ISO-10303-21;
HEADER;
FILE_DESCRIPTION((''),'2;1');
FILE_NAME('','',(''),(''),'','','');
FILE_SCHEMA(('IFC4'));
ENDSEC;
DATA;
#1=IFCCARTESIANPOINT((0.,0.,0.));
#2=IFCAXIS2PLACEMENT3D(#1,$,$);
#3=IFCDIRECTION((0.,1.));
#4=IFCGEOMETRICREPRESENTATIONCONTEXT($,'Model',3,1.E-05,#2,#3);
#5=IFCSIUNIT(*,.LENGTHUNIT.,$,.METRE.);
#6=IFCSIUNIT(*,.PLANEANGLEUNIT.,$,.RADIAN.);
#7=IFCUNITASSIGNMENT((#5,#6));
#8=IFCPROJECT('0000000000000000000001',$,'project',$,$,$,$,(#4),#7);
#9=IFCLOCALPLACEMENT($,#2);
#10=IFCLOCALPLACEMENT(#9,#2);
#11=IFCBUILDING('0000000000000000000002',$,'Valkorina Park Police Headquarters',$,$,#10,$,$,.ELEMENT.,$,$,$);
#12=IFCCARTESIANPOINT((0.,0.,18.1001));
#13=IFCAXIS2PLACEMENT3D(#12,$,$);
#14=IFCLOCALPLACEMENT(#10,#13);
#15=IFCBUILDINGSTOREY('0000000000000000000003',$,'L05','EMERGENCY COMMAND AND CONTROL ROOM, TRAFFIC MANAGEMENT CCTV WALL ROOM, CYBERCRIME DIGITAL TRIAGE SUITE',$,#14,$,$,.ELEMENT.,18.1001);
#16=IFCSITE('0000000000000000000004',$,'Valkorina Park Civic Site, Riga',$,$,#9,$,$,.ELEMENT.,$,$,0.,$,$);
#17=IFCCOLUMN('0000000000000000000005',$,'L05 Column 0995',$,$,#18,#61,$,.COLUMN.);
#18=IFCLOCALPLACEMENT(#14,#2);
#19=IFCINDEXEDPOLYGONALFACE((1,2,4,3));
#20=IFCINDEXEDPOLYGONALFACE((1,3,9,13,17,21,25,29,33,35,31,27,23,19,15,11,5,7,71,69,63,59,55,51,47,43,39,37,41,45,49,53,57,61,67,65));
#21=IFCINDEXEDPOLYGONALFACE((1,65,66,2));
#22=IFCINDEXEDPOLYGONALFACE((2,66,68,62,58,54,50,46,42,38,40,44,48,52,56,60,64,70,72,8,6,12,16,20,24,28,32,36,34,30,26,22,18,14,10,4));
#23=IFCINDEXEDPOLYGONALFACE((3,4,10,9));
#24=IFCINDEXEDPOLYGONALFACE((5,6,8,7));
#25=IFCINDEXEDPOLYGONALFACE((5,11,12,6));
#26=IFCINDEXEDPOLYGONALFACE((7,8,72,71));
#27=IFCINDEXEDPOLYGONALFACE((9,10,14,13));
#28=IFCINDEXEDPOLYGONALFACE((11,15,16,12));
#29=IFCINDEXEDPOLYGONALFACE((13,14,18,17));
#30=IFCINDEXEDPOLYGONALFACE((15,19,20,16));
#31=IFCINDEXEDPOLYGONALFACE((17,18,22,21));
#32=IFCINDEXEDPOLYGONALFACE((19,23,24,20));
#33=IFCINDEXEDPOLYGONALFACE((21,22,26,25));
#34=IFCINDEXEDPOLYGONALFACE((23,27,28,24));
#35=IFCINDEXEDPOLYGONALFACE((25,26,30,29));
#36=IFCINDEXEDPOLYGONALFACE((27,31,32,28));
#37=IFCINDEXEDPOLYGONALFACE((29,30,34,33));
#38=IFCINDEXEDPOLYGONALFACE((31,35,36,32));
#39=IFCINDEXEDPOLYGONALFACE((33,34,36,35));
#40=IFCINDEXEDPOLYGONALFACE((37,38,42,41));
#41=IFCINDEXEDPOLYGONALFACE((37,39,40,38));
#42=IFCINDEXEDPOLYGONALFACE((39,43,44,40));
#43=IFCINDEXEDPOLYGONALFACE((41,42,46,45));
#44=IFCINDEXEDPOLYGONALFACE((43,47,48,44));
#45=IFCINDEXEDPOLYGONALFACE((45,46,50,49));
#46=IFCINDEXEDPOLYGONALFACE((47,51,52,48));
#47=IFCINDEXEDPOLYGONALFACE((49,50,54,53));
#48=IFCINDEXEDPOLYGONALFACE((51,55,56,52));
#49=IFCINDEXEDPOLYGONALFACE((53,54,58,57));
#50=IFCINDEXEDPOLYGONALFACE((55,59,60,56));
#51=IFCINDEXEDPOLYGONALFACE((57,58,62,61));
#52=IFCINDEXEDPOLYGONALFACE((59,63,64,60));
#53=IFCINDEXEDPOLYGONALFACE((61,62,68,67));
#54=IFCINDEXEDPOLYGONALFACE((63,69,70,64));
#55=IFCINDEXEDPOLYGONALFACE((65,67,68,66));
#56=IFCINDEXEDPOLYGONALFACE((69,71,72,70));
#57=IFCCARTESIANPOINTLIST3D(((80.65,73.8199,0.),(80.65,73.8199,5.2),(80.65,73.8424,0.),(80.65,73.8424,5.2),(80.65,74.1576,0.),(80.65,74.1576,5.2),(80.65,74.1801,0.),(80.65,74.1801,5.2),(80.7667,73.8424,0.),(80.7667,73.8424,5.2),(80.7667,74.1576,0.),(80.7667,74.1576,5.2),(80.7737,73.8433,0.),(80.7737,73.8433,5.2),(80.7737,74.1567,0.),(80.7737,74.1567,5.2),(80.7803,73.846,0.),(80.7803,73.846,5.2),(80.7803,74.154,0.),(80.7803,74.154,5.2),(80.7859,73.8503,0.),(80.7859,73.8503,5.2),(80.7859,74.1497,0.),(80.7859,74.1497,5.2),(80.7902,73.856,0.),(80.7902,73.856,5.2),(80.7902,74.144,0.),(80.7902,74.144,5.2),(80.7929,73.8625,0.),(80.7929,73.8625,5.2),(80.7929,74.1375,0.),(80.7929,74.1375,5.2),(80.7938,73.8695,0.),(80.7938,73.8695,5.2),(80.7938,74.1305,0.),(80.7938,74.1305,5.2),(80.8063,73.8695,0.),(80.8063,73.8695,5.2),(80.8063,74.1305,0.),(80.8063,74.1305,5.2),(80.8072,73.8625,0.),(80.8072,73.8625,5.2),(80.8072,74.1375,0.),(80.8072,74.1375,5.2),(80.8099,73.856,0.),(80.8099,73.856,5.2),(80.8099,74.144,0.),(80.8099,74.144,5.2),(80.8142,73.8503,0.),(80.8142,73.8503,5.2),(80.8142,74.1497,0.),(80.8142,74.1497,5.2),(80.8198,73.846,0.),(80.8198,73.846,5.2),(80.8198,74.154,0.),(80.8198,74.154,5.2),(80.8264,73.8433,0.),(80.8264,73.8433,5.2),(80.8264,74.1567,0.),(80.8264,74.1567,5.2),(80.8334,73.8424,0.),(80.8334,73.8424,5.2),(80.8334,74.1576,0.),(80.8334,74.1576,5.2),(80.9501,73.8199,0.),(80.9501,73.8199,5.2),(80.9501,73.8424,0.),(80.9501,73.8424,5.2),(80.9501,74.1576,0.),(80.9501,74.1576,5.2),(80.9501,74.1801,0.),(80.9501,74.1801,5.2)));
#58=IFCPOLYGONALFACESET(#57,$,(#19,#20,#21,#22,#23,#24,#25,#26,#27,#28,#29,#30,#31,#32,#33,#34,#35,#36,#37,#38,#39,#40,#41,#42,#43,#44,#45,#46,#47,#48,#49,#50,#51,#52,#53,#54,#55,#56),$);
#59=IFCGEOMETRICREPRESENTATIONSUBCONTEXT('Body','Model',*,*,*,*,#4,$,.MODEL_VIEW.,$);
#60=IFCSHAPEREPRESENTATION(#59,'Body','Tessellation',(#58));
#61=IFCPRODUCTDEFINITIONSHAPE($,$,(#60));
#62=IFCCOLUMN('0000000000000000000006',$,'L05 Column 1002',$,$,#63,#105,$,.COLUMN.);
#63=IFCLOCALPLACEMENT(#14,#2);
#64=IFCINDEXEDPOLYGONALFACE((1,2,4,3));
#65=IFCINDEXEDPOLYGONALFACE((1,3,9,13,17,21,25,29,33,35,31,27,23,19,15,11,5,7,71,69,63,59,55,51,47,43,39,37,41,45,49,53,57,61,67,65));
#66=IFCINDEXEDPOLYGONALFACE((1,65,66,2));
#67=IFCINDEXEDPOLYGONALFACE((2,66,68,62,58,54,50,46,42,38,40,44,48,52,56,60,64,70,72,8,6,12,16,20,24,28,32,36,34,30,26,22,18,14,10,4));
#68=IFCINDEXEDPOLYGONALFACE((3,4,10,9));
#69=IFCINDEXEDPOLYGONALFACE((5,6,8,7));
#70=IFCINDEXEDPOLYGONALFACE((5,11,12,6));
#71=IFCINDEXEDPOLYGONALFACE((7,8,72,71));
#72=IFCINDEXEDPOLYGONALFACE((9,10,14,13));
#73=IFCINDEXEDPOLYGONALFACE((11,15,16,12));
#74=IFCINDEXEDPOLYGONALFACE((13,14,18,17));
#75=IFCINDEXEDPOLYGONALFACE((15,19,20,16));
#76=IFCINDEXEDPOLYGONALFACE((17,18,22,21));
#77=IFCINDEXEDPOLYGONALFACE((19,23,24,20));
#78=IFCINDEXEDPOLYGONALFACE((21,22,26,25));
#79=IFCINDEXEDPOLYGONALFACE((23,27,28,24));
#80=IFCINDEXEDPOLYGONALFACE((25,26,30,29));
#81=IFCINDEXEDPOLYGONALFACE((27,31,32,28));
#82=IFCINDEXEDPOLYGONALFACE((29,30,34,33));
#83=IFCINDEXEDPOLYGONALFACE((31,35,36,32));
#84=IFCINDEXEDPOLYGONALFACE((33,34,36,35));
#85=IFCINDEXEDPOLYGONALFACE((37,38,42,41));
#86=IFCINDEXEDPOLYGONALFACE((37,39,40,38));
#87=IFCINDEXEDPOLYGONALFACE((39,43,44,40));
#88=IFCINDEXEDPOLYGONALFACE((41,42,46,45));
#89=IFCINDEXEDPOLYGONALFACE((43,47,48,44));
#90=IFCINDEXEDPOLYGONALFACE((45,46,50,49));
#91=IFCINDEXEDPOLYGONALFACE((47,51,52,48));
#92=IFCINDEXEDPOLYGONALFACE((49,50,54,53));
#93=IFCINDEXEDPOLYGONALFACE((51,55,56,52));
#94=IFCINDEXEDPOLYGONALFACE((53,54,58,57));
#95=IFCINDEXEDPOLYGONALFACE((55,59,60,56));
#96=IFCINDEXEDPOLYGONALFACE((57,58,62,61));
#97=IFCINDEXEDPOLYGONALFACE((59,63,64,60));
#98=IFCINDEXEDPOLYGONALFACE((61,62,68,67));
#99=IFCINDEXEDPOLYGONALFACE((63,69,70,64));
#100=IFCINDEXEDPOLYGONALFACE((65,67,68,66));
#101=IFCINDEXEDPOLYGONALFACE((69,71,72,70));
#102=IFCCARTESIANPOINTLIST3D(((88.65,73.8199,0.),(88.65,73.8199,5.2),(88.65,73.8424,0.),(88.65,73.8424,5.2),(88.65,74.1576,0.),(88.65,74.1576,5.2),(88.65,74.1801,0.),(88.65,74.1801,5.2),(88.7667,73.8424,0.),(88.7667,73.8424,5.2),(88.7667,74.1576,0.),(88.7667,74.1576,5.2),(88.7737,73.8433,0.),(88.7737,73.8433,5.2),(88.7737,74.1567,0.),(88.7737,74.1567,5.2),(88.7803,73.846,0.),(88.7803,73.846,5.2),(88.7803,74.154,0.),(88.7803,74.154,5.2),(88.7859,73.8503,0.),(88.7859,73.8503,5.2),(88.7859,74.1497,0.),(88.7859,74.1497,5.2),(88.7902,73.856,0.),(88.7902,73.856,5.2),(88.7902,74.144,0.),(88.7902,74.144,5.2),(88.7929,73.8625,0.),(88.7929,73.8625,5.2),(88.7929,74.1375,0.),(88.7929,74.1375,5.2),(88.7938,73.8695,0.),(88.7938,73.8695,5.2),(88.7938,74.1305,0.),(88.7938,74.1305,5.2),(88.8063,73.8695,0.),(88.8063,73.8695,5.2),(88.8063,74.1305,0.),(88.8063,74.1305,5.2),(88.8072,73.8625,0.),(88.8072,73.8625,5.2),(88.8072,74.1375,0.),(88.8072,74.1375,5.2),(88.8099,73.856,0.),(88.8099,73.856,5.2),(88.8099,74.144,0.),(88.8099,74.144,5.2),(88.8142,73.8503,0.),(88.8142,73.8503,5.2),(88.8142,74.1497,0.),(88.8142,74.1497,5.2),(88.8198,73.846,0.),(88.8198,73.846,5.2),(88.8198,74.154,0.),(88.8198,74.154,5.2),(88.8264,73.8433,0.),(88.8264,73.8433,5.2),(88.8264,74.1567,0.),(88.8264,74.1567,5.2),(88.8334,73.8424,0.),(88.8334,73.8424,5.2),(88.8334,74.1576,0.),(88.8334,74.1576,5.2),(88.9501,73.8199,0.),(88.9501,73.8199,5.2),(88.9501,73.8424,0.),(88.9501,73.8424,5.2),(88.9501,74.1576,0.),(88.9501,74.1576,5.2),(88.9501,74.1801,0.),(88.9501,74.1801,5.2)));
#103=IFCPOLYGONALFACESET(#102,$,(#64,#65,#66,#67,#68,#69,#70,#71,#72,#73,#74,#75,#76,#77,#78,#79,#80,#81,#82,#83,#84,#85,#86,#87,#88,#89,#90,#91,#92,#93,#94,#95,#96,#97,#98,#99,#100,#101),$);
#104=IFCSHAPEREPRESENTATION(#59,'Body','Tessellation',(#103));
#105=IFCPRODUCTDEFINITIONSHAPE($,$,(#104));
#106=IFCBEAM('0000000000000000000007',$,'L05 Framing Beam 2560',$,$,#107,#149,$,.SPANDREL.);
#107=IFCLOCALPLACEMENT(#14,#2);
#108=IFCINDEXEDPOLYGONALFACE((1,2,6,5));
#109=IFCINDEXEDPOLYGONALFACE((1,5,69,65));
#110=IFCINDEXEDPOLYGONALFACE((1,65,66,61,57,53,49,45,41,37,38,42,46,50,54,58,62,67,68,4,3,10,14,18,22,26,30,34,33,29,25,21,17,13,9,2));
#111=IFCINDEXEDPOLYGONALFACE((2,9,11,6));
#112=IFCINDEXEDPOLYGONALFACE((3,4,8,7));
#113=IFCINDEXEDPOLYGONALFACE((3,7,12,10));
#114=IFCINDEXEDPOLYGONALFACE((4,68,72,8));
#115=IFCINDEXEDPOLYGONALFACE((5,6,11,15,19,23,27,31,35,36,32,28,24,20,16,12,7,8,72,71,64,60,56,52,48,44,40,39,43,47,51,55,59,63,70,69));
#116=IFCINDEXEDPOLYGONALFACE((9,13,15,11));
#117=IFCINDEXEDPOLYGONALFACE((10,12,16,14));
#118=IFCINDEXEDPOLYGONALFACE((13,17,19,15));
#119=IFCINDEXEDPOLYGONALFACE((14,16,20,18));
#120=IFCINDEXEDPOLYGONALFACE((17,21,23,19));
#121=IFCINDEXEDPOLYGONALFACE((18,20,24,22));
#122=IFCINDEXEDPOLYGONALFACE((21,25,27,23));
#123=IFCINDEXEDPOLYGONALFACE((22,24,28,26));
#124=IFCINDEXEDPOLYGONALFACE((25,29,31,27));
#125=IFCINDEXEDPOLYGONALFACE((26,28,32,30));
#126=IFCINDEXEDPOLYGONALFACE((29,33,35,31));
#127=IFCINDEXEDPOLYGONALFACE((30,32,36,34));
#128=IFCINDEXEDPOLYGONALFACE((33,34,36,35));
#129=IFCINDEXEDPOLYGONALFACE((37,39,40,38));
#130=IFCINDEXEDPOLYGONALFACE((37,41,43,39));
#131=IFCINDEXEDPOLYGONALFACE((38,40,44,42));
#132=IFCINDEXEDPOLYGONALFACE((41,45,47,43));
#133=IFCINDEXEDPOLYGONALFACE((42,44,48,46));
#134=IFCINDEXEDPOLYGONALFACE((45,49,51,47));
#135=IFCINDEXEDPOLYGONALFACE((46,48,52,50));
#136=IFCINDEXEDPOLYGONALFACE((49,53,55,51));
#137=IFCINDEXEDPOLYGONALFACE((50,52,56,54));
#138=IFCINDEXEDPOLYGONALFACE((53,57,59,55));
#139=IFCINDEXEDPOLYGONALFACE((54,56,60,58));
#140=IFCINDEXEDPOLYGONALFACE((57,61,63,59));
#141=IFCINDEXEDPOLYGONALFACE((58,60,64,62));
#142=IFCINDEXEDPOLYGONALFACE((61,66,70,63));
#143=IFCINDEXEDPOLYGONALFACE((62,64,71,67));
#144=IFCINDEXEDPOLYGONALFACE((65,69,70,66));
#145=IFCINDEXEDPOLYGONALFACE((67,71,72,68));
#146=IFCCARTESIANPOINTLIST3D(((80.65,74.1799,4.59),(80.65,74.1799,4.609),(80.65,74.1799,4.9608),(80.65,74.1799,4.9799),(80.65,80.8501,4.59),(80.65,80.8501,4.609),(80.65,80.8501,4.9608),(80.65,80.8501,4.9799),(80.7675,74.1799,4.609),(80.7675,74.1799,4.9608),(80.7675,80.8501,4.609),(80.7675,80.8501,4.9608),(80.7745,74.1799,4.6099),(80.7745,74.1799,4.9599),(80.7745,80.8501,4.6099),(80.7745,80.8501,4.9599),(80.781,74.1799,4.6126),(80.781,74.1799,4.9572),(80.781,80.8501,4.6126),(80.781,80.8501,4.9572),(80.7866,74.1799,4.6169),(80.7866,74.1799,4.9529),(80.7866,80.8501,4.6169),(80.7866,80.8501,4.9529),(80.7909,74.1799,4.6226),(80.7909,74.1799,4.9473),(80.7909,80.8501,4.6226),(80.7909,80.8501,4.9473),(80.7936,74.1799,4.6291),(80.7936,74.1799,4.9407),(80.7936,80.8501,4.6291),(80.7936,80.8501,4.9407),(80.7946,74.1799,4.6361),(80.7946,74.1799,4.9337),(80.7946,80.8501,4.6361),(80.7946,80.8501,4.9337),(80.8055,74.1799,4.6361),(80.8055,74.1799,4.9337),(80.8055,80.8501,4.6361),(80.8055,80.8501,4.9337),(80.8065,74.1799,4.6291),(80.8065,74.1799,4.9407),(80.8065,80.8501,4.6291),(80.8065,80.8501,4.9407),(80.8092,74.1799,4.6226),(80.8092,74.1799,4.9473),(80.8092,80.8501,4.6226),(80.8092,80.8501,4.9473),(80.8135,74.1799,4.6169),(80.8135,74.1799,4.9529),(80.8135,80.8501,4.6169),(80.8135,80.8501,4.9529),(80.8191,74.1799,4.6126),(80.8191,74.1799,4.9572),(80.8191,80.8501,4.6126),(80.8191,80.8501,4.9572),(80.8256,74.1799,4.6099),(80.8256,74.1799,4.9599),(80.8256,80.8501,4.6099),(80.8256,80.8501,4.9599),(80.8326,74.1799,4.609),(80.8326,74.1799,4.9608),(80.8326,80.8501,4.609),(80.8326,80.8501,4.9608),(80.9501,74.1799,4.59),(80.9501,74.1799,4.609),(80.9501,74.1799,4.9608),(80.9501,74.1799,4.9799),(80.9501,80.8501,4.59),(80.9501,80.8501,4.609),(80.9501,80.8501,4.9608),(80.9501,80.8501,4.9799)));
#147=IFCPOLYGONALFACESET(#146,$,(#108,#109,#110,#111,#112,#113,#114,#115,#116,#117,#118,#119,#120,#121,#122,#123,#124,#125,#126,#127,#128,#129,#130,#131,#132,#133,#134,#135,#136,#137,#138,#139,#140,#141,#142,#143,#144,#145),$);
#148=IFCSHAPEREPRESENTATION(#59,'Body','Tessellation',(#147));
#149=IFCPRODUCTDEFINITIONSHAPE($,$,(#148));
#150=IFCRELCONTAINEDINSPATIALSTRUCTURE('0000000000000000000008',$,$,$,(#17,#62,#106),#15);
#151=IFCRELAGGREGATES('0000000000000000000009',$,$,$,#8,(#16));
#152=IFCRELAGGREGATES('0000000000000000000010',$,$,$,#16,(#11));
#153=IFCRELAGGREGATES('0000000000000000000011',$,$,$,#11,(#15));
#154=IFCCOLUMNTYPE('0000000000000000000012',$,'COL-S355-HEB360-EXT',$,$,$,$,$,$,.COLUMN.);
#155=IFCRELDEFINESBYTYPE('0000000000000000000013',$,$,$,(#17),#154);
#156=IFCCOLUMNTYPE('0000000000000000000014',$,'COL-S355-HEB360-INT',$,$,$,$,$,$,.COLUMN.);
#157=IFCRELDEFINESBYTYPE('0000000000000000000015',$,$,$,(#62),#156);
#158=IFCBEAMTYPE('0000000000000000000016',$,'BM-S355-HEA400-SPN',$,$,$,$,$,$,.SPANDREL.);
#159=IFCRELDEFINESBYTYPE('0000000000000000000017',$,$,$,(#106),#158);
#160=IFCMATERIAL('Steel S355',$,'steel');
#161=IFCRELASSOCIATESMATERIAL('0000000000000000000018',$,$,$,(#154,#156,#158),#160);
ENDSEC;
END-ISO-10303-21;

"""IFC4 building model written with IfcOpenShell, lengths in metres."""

from ifc_helpers import new_model, si_unit, direction, frame, origin, origin_2d, place, context, subcontext, project, spatial, i_section, extrude, material, material_profile, profile_set, type_object, element, save


model = new_model("IFC4")

# Units and contexts
model_context = context("Model", 3, precision=1e-05, world=origin(), true_north=direction((0.0, 1.0)))
body_context = subcontext(model_context, "Body", "Model", "MODEL_VIEW")
ifc_project = project(units=[si_unit("LENGTHUNIT", "METRE"), si_unit("PLANEANGLEUNIT", "RADIAN")], contexts=[model_context])

# Site, building, storey
site_placement = place(None, origin())
site = spatial("IfcSite", under=ifc_project, at=site_placement, Name="Valkorina Park Civic Site, Riga", CompositionType="ELEMENT", RefElevation=0.0)
building_placement = place(site_placement, origin())
building = spatial("IfcBuilding", under=site, at=building_placement, Name="Valkorina Park Police Headquarters", CompositionType="ELEMENT")
storey_placement = place(building_placement, frame((0.0, 0.0, 18.1001)))
storey = spatial("IfcBuildingStorey", under=building, at=storey_placement, Name="L05", Description="EMERGENCY COMMAND AND CONTROL ROOM, TRAFFIC MANAGEMENT CCTV WALL ROOM, CYBERCRIME DIGITAL TRIAGE SUITE", CompositionType="ELEMENT", Elevation=18.1001)

# Columns
ifc_material_1 = material(Name="Steel S355", Category="steel")
ifc_material_profile_1 = material_profile(ifc_material_1, i_section(OverallWidth=0.3, OverallDepth=0.3601, WebThickness=0.0125, FlangeThickness=0.0225, FilletRadius=0.0271, at=origin_2d()), Name="HEB 360")
ifc_profile_set_1 = profile_set([ifc_material_profile_1], Name="Steel S355")
column_type_1 = type_object("IfcColumnType", Name="COL-S355-HEB360-EXT", PredefinedType="COLUMN", material=ifc_profile_set_1)
column_1_placement = place(storey_placement, frame((80.8, 74.0, 0.0), z_axis=(0.0, 0.0, 1.0), x_axis=(1.0, 0.0, 0.0)))
element("IfcColumn", 1, at=column_1_placement, inside=storey, type_object=column_type_1, Name="L05 Column 0995", PredefinedType="COLUMN", context=body_context, shape_type="SweptSolid", body=[
    extrude(i_section(OverallWidth=0.3, OverallDepth=0.3601, WebThickness=0.0125, FlangeThickness=0.0225, FilletRadius=0.0271, at=origin_2d()), origin(), (0.0, 0.0, 1.0), 5.2),
])
ifc_material_profile_2 = material_profile(ifc_material_1, i_section(OverallWidth=0.3, OverallDepth=0.3601, WebThickness=0.0125, FlangeThickness=0.0225, FilletRadius=0.0271, at=origin_2d()), Name="HEB 360")
ifc_profile_set_2 = profile_set([ifc_material_profile_2], Name="Steel S355")
column_type_2 = type_object("IfcColumnType", Name="COL-S355-HEB360-INT", PredefinedType="COLUMN", material=ifc_profile_set_2)
column_2_placement = place(storey_placement, frame((88.8, 74.0, 0.0), z_axis=(0.0, 0.0, 1.0), x_axis=(1.0, 0.0, 0.0)))
element("IfcColumn", 2, at=column_2_placement, inside=storey, type_object=column_type_2, Name="L05 Column 1002", PredefinedType="COLUMN", context=body_context, shape_type="SweptSolid", body=[
    extrude(i_section(OverallWidth=0.3, OverallDepth=0.3601, WebThickness=0.0125, FlangeThickness=0.0225, FilletRadius=0.0271, at=origin_2d()), origin(), (0.0, 0.0, 1.0), 5.2),
])

# Beam
ifc_material_profile_3 = material_profile(ifc_material_1, i_section(OverallWidth=0.3, OverallDepth=0.3899, WebThickness=0.011, FlangeThickness=0.019, FilletRadius=0.0271, at=origin_2d()), Name="HEA 400")
ifc_profile_set_3 = profile_set([ifc_material_profile_3], Name="Steel S355")
beam_type_1 = type_object("IfcBeamType", Name="BM-S355-HEA400-SPN", PredefinedType="SPANDREL", material=ifc_profile_set_3)
beam_placement = place(storey_placement, frame((80.8, 74.1799, 4.7849), z_axis=(0.0, 1.0, 0.0), x_axis=(-1.0, 0.0, 0.0)))
element("IfcBeam", 3, at=beam_placement, inside=storey, type_object=beam_type_1, Name="L05 Framing Beam 2560", PredefinedType="SPANDREL", context=body_context, shape_type="SweptSolid", body=[
    extrude(i_section(OverallWidth=0.3, OverallDepth=0.3899, WebThickness=0.011, FlangeThickness=0.019, FilletRadius=0.0271, at=origin_2d()), origin(), (0.0, 0.0, 1.0), 6.6702),
])

save(model, "model.ifc")
